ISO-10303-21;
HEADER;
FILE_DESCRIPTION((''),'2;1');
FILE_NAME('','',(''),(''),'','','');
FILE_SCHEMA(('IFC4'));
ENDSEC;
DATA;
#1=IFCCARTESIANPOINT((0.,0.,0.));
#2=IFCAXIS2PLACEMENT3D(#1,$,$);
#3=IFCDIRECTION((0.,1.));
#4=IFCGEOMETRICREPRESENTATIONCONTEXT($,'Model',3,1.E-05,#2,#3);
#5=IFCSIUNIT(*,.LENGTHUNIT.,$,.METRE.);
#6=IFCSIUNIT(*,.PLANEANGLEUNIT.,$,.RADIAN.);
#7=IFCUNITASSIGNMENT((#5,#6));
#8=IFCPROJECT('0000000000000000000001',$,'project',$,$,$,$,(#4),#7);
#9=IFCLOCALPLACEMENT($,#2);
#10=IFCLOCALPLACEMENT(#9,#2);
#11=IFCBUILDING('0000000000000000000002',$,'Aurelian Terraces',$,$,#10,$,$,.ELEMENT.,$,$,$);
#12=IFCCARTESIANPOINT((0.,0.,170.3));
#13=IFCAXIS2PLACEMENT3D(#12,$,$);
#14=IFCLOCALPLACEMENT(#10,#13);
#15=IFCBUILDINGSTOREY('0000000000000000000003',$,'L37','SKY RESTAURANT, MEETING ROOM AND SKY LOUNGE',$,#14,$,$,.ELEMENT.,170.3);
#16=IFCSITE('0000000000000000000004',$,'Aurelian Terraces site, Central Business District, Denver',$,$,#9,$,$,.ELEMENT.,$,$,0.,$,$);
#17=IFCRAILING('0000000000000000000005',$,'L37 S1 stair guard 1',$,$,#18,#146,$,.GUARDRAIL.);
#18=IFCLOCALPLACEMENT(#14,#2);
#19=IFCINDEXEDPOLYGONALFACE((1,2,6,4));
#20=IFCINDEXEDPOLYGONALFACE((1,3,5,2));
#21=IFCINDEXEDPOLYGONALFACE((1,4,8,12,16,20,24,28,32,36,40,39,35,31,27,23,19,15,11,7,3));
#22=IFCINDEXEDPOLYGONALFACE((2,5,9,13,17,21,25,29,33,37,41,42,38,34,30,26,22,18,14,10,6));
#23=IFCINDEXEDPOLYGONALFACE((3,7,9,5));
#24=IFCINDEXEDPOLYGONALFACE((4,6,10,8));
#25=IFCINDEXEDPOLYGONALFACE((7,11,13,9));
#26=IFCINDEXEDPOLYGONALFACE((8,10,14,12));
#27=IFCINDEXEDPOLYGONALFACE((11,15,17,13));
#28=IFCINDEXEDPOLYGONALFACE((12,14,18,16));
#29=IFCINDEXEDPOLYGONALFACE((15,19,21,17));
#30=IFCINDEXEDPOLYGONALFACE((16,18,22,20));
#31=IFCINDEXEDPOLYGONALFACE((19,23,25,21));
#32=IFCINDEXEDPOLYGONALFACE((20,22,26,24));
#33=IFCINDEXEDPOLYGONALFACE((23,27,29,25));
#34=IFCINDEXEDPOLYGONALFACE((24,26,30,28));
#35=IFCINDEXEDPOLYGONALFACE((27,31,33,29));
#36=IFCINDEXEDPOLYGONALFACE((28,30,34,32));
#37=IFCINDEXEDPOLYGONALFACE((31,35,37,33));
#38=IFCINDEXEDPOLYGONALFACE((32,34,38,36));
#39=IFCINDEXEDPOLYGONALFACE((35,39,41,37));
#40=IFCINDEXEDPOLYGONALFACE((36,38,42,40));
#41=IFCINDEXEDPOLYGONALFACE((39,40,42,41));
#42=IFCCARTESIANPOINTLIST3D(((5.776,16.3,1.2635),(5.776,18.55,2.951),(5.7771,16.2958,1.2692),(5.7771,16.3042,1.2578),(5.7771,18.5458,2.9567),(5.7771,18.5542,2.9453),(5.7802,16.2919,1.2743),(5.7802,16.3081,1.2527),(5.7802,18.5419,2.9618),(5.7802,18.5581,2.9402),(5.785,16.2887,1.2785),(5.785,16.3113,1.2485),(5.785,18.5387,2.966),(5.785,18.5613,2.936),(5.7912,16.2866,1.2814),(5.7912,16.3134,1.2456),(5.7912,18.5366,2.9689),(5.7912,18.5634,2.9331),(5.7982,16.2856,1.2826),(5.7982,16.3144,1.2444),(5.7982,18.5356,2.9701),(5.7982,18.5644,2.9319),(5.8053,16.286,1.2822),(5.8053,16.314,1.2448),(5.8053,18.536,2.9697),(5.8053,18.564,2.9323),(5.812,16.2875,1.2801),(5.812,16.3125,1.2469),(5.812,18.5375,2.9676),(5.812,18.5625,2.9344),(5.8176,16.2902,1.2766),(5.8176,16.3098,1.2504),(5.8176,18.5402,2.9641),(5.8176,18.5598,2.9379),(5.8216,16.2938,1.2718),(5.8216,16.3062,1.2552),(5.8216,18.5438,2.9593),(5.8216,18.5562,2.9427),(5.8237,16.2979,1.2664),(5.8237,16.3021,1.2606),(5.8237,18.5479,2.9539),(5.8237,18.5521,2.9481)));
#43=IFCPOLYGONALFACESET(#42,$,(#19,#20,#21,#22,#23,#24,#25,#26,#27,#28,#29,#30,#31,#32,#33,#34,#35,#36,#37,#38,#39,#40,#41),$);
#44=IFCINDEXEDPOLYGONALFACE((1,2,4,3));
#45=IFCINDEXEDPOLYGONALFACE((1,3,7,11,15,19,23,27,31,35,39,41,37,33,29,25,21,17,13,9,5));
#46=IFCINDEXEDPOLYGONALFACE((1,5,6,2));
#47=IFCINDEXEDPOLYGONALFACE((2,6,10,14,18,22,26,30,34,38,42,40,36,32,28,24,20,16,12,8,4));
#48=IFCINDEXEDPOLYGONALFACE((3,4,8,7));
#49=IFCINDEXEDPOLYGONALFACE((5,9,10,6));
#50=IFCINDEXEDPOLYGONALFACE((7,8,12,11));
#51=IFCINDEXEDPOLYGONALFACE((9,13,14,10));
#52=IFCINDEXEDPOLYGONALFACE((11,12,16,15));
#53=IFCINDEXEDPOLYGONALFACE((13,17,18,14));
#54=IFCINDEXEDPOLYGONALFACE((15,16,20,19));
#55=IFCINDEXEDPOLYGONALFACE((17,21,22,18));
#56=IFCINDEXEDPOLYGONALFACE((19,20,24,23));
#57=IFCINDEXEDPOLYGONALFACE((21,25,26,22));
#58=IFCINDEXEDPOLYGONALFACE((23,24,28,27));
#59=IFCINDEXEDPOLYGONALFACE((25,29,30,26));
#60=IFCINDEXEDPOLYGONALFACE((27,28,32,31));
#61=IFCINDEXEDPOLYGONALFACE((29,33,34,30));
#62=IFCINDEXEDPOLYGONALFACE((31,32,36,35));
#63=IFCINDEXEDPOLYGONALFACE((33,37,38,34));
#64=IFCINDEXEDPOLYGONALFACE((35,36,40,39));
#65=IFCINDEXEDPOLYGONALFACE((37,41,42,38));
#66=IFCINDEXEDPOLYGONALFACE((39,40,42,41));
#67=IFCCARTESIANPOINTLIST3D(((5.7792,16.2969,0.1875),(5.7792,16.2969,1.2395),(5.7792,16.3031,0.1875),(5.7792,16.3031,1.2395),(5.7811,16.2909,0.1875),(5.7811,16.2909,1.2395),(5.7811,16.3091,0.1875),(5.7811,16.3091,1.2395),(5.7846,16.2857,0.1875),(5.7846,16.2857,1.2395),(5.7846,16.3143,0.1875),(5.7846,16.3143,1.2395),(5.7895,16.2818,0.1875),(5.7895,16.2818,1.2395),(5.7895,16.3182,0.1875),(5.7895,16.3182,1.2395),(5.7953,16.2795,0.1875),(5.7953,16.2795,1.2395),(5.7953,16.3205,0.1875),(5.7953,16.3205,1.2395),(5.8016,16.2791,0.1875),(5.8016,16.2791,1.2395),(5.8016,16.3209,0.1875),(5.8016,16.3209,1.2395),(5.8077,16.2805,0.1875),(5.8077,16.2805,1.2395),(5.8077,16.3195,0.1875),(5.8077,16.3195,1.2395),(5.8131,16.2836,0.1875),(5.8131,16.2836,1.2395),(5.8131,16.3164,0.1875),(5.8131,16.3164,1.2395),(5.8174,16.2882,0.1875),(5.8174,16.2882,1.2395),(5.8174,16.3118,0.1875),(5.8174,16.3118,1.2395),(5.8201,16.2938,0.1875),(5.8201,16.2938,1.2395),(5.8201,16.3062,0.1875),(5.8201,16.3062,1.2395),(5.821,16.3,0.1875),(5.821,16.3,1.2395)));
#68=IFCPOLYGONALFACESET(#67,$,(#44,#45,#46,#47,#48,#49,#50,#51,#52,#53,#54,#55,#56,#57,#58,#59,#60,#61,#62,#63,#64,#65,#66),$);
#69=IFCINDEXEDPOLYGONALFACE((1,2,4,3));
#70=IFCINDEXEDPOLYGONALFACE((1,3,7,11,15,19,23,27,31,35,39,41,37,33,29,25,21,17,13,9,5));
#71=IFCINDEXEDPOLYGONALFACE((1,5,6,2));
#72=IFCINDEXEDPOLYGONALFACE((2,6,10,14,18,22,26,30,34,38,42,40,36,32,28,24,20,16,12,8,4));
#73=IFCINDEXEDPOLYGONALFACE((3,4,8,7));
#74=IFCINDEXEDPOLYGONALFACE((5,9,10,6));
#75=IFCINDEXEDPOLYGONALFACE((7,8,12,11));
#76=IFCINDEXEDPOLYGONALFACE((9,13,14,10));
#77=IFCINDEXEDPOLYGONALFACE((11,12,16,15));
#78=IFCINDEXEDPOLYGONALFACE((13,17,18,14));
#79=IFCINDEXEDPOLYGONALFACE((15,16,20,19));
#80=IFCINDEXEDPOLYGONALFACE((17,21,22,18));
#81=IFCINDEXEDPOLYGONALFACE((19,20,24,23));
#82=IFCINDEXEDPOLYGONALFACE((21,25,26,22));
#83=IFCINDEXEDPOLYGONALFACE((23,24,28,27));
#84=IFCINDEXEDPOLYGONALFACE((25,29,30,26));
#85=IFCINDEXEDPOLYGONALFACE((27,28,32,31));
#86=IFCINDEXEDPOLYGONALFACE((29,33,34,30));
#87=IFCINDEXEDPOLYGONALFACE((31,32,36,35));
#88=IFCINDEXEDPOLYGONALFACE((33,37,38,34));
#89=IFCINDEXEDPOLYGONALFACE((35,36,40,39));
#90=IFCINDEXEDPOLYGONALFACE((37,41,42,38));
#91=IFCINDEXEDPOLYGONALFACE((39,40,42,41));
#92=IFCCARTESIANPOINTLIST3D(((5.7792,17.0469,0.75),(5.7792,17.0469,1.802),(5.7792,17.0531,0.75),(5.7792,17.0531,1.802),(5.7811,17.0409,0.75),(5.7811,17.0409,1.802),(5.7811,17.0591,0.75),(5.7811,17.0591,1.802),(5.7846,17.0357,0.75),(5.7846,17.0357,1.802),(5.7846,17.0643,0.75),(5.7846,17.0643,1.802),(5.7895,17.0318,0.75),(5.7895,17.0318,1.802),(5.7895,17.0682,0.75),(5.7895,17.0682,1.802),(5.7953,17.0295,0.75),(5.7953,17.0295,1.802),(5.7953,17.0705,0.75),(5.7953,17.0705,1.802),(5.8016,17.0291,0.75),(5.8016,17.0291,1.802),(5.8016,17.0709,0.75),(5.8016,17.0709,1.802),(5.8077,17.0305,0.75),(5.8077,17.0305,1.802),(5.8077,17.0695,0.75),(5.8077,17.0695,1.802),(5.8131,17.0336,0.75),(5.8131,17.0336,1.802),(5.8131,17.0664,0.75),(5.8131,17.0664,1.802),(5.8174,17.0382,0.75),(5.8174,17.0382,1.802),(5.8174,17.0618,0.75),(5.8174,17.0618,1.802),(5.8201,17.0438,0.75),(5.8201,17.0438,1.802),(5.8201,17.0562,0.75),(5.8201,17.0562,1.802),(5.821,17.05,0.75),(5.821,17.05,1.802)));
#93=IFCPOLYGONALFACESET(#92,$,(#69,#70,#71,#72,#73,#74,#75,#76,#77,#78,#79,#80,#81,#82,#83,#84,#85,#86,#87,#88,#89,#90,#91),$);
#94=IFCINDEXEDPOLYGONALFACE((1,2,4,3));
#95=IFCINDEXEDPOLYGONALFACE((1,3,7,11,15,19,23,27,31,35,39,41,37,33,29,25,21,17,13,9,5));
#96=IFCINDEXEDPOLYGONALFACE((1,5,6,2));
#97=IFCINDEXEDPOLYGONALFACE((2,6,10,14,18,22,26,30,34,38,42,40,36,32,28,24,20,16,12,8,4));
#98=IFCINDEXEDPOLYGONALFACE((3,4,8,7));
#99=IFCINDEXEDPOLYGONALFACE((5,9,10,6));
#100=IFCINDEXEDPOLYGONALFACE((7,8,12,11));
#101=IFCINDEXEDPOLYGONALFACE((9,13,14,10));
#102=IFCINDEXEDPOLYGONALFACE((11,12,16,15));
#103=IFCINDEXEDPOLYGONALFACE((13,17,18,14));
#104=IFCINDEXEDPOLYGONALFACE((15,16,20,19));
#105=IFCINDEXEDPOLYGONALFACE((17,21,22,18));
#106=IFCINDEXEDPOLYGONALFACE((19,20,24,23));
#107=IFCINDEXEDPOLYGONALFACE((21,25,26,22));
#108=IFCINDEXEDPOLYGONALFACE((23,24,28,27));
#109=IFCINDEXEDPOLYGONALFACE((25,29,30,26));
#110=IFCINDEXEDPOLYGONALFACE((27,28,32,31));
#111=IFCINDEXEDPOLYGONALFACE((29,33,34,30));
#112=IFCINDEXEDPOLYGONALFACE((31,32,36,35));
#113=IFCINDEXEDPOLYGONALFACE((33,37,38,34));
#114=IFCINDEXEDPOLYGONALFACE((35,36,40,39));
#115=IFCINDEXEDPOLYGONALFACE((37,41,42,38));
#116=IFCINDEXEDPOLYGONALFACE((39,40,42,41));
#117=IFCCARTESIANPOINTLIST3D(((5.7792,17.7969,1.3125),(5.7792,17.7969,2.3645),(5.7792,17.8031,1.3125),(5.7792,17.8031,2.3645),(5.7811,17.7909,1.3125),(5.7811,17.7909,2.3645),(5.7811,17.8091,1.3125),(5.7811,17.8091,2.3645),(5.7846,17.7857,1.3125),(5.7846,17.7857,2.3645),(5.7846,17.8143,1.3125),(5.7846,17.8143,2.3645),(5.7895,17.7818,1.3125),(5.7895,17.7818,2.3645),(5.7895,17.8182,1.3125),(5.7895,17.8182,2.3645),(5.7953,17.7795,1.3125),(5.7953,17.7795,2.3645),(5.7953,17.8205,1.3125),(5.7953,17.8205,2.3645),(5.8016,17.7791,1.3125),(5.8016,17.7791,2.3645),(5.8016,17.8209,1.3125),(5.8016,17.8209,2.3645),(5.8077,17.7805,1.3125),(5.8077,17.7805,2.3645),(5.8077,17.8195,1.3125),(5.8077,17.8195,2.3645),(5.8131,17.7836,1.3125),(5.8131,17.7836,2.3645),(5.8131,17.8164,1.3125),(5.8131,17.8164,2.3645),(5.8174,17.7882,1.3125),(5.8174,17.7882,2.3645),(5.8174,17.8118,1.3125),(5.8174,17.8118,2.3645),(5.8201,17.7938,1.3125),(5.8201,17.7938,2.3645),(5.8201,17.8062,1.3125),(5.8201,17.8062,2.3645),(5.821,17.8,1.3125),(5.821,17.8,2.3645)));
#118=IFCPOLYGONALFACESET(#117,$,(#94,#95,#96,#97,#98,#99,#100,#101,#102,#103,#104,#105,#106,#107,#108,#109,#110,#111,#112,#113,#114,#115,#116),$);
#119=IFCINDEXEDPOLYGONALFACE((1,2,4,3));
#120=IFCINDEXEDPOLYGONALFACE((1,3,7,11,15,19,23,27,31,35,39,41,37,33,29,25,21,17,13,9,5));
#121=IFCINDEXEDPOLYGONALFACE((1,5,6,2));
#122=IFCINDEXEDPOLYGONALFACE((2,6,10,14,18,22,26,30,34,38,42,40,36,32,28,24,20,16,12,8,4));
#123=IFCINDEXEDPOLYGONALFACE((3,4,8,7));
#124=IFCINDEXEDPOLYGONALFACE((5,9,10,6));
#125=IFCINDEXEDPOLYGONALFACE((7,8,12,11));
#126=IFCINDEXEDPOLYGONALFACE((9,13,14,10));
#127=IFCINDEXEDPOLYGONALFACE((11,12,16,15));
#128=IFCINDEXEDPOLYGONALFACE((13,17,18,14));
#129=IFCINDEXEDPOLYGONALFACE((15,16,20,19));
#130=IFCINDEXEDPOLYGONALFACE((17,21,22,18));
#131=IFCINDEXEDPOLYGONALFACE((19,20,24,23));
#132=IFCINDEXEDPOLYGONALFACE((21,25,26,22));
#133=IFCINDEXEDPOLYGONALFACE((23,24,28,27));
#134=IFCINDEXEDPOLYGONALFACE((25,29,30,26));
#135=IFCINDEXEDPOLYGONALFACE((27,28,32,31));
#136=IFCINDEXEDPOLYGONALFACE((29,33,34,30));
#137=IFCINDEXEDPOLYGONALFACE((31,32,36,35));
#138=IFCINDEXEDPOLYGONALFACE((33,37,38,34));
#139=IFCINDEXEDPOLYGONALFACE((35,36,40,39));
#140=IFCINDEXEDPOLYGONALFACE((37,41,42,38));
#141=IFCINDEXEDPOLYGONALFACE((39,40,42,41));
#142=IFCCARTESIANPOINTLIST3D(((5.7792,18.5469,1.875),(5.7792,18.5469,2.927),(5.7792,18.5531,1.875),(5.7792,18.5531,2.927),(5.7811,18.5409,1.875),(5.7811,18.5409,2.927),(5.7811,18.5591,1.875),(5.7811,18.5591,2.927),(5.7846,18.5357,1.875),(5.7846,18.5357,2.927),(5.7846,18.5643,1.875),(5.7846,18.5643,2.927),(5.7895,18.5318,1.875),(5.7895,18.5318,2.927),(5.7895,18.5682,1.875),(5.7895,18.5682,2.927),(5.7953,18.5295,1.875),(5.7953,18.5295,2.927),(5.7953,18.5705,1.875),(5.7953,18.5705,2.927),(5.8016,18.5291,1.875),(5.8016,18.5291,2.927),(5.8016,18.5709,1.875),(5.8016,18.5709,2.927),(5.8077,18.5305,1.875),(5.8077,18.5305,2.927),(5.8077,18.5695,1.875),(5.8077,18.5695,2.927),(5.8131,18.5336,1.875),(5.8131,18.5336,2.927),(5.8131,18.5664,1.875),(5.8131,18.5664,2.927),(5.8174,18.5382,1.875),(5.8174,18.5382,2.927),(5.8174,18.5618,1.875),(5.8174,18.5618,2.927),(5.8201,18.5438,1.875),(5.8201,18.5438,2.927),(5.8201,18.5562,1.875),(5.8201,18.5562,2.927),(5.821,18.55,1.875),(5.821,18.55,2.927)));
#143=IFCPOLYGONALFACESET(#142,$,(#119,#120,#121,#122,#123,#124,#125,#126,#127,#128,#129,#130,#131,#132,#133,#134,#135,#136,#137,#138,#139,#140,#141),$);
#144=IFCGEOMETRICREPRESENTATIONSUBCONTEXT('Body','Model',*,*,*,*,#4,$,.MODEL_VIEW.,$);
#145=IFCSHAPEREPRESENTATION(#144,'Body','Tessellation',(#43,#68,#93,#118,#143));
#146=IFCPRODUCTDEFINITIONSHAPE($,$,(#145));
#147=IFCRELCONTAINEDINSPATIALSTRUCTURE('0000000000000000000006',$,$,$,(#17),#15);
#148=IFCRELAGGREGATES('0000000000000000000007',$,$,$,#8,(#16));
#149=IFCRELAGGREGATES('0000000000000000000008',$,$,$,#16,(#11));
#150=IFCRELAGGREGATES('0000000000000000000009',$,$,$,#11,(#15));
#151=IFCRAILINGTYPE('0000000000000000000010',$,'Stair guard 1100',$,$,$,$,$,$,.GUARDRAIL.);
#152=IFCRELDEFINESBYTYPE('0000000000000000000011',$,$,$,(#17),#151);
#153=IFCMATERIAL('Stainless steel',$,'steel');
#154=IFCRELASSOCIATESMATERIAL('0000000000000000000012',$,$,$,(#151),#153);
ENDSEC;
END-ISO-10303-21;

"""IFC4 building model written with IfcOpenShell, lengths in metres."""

from ifc_helpers import new_model, si_unit, direction, frame, origin, origin_2d, place, context, subcontext, project, spatial, circle, extrude, source, transform, mapped, material, type_object, element, save


model = new_model("IFC4")

# Units and contexts
model_context = context("Model", 3, precision=1e-05, world=origin(), true_north=direction((0.0, 1.0)))
body_context = subcontext(model_context, "Body", "Model", "MODEL_VIEW")
ifc_project = project(units=[si_unit("LENGTHUNIT", "METRE"), si_unit("PLANEANGLEUNIT", "RADIAN")], contexts=[model_context])

# Site, building, storey
site_placement = place(None, origin())
site = spatial("IfcSite", under=ifc_project, at=site_placement, Name="Aurelian Terraces site, Central Business District, Denver", CompositionType="ELEMENT", RefElevation=0.0)
building_placement = place(site_placement, origin())
building = spatial("IfcBuilding", under=site, at=building_placement, Name="Aurelian Terraces", CompositionType="ELEMENT")
storey_placement = place(building_placement, frame((0.0, 0.0, 170.3)))
storey = spatial("IfcBuildingStorey", under=building, at=storey_placement, Name="L37", Description="SKY RESTAURANT, MEETING ROOM AND SKY LOUNGE", CompositionType="ELEMENT", Elevation=170.3)

# Railing
ifc_material_1 = material(Name="Stainless steel", Category="steel")
railing_type_1 = type_object("IfcRailingType", Name="Stair guard 1100", PredefinedType="GUARDRAIL", material=ifc_material_1)
shared_shape_1 = source(origin(), body_context, "Body", "SweptSolid", [
    extrude(circle(Radius=0.024, at=origin_2d()), frame((0.0, 0.0, 1.076), z_axis=(0.0, 0.8, 0.6), x_axis=(-1.0, 0.0, 0.0)), (0.0, 0.0, 1.0), 2.8125),
    extrude(circle(Radius=0.021, at=origin_2d()), origin(), (0.0, 0.0, 1.0), 1.052),
    extrude(circle(Radius=0.021, at=origin_2d()), frame((0.0, 0.75, 0.5625)), (0.0, 0.0, 1.0), 1.052),
    extrude(circle(Radius=0.021, at=origin_2d()), frame((0.0, 1.5, 1.125)), (0.0, 0.0, 1.0), 1.052),
    extrude(circle(Radius=0.021, at=origin_2d()), frame((0.0, 2.25, 1.6875)), (0.0, 0.0, 1.0), 1.052),
])
for number, where, name in (
    (1, (5.8, 16.3, 0.1875), "L37 S1 stair guard 1"),
):
    element("IfcRailing", number, at=place(storey_placement, frame(where)), inside=storey, type_object=railing_type_1, Name=name, PredefinedType="GUARDRAIL", context=body_context, shape_type="MappedRepresentation", body=[
        mapped(shared_shape_1, transform((0.0, 0.0, 0.0), scale=1.0)),
    ])

save(model, "model.ifc")
